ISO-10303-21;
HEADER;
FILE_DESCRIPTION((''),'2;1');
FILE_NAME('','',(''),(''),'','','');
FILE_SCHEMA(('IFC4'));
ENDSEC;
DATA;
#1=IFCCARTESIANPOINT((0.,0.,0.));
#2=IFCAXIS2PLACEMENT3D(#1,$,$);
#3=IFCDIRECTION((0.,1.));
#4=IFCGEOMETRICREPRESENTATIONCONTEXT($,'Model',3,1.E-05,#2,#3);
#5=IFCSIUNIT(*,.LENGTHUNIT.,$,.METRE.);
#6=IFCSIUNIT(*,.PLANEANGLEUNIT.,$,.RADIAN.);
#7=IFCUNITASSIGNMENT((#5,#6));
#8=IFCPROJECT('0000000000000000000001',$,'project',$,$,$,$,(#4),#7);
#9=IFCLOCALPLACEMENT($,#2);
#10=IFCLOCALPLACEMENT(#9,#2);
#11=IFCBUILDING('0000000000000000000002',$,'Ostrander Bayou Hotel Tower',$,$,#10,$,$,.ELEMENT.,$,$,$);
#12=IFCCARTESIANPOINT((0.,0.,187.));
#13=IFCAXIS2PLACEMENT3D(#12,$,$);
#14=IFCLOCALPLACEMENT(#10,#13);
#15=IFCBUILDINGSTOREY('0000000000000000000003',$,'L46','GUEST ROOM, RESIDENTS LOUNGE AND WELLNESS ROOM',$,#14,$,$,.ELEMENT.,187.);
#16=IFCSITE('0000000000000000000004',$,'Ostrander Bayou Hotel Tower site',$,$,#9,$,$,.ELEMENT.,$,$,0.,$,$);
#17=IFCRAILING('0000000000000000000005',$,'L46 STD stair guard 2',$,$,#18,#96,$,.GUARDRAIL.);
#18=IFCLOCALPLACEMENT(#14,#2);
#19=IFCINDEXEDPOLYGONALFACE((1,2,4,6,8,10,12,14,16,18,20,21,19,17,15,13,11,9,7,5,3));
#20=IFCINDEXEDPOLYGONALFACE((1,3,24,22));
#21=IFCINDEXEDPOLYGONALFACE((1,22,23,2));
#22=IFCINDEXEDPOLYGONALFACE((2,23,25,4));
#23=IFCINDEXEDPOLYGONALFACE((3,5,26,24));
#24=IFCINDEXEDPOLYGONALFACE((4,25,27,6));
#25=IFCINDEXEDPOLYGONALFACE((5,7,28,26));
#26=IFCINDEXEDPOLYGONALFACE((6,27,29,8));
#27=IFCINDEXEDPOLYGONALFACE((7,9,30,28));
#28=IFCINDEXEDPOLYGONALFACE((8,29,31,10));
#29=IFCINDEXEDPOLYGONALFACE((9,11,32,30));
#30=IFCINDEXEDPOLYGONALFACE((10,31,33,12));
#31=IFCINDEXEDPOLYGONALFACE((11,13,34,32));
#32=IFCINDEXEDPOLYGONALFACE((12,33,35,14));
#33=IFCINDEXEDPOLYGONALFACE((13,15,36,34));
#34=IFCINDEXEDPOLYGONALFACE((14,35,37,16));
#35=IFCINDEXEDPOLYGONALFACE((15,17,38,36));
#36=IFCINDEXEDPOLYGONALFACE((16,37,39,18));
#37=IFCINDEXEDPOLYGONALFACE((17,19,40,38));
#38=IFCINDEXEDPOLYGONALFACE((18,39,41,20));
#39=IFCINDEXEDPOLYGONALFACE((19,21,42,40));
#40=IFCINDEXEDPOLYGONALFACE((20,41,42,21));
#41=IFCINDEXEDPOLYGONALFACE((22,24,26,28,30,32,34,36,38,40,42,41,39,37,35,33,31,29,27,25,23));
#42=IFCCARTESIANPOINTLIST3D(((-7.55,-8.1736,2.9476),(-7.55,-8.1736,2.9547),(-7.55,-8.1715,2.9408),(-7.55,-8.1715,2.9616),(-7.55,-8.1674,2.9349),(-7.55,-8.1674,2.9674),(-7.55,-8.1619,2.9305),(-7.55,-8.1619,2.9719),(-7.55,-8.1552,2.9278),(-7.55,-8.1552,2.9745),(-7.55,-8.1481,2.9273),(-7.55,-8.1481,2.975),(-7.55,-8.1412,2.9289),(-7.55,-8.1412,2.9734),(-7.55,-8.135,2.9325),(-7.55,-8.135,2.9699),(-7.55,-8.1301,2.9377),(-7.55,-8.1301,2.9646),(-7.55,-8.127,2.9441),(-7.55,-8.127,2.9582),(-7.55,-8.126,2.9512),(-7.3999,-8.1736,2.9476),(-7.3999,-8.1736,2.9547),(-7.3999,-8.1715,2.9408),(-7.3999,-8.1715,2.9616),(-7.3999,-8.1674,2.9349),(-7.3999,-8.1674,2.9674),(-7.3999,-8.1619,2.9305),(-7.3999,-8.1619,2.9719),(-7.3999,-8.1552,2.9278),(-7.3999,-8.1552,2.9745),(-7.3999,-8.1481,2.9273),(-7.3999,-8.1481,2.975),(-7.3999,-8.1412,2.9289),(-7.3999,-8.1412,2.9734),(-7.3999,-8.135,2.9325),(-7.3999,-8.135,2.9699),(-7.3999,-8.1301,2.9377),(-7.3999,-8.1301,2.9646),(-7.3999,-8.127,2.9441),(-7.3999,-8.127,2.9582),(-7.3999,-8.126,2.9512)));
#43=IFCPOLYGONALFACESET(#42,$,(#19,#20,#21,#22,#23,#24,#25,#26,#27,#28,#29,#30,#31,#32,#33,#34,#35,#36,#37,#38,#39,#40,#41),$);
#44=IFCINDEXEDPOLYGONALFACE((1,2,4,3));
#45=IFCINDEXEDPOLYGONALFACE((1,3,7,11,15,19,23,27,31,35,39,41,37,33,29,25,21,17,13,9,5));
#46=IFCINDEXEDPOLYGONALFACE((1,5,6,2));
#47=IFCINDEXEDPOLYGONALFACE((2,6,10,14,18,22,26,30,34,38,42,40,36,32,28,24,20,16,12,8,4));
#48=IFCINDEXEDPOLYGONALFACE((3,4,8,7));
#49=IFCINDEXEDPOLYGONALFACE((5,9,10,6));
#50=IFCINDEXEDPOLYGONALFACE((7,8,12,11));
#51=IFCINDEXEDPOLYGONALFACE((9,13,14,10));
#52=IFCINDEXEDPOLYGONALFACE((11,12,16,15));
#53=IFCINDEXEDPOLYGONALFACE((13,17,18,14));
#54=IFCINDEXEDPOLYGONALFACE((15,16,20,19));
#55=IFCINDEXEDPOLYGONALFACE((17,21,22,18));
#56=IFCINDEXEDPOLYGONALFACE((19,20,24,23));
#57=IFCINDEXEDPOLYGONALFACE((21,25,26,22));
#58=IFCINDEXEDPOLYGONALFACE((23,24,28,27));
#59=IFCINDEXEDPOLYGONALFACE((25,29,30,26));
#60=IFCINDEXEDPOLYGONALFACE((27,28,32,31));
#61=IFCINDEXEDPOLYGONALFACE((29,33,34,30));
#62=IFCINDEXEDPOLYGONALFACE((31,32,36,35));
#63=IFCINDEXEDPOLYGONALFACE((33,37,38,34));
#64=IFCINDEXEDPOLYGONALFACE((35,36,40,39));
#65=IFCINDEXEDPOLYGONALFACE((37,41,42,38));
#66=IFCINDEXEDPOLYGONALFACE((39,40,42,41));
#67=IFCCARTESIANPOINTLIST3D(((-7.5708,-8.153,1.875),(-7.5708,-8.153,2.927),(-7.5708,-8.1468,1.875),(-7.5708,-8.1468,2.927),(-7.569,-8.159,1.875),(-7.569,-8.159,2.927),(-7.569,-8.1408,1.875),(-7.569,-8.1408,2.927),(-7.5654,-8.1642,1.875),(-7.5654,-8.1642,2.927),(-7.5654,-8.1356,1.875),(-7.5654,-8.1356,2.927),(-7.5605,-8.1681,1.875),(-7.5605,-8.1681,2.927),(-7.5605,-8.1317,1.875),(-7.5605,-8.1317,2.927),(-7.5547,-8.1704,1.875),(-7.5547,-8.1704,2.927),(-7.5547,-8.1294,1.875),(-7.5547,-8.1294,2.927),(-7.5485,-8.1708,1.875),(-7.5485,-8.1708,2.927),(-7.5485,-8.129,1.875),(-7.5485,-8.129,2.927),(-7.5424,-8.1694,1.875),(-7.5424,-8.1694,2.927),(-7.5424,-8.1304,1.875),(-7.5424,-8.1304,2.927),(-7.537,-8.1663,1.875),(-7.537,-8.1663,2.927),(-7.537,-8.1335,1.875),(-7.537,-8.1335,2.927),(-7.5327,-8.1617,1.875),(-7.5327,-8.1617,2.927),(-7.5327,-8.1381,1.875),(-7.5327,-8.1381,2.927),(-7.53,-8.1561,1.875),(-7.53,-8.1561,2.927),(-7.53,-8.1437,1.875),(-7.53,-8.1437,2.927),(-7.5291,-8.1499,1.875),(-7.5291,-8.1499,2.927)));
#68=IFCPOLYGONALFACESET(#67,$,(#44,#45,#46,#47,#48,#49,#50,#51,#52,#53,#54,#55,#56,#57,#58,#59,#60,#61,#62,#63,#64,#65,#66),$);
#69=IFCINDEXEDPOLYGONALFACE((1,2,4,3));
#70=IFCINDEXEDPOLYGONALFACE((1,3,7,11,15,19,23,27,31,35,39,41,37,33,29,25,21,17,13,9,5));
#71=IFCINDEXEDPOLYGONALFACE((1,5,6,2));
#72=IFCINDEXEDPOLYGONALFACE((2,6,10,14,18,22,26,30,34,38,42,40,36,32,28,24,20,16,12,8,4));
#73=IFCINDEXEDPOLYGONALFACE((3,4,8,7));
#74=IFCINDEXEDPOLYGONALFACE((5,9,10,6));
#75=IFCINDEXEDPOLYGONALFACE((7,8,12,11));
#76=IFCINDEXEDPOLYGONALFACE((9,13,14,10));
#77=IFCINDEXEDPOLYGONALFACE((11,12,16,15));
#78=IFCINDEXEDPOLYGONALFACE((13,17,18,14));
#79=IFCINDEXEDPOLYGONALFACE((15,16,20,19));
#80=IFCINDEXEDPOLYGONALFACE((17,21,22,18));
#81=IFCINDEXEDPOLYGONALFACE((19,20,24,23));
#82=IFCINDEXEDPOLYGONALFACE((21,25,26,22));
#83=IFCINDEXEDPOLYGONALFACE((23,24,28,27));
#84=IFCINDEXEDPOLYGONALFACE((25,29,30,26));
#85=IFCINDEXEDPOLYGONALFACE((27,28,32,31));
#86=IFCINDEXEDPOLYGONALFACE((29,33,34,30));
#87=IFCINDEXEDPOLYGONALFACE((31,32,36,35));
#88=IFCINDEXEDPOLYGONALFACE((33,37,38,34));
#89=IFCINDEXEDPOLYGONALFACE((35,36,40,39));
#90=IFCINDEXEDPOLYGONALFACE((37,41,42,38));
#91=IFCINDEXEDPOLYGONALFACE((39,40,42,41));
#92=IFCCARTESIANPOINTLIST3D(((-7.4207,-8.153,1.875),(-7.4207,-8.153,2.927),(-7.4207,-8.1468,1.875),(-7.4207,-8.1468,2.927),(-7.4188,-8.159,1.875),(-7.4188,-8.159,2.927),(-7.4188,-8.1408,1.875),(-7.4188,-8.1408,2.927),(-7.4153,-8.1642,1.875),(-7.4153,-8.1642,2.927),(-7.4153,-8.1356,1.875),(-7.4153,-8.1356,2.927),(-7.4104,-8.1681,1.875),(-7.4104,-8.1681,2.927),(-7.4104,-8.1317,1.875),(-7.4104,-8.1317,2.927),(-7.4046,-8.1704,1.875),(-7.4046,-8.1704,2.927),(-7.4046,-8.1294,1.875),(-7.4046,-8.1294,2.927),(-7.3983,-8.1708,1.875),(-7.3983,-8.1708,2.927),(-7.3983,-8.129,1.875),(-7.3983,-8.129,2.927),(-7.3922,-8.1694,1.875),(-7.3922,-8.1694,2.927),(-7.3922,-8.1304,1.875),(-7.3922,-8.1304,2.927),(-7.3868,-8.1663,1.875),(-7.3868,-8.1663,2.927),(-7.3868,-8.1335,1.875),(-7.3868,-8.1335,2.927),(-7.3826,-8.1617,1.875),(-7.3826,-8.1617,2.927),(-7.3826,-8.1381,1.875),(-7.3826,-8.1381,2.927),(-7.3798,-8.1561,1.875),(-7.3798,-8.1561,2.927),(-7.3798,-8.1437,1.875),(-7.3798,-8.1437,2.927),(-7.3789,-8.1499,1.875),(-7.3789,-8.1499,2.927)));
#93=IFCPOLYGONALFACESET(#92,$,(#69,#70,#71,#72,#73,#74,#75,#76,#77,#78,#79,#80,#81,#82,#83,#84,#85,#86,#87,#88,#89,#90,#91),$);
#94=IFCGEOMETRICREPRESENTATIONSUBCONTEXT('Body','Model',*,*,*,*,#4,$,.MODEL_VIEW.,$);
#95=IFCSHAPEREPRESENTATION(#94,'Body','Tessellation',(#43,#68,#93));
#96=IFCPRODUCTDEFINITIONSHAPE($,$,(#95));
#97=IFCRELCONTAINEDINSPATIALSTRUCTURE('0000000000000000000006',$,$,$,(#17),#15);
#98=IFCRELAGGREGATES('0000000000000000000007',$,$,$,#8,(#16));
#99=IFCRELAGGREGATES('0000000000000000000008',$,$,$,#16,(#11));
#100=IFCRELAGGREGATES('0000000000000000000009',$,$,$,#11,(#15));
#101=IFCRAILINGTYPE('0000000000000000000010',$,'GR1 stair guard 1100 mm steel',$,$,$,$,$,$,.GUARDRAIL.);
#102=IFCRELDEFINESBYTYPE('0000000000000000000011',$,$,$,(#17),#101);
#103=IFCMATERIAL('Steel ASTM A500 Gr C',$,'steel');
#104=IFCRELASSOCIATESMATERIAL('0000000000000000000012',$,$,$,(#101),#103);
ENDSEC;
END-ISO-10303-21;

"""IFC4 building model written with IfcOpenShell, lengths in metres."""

from ifc_helpers import new_model, si_unit, direction, frame, origin, origin_2d, place, context, subcontext, project, spatial, circle, extrude, material, type_object, element, save


model = new_model("IFC4")

# Units and contexts
model_context = context("Model", 3, precision=1e-05, world=origin(), true_north=direction((0.0, 1.0)))
body_context = subcontext(model_context, "Body", "Model", "MODEL_VIEW")
ifc_project = project(units=[si_unit("LENGTHUNIT", "METRE"), si_unit("PLANEANGLEUNIT", "RADIAN")], contexts=[model_context])

# Site, building, storey
site_placement = place(None, origin())
site = spatial("IfcSite", under=ifc_project, at=site_placement, Name="Ostrander Bayou Hotel Tower site", CompositionType="ELEMENT", RefElevation=0.0)
building_placement = place(site_placement, origin())
building = spatial("IfcBuilding", under=site, at=building_placement, Name="Ostrander Bayou Hotel Tower", CompositionType="ELEMENT")
storey_placement = place(building_placement, frame((0.0, 0.0, 187.0)))
storey = spatial("IfcBuildingStorey", under=building, at=storey_placement, Name="L46", Description="GUEST ROOM, RESIDENTS LOUNGE AND WELLNESS ROOM", CompositionType="ELEMENT", Elevation=187.0)

# Railing
ifc_material_1 = material(Name="Steel ASTM A500 Gr C", Category="steel")
railing_type = type_object("IfcRailingType", Name="GR1 stair guard 1100 mm steel", PredefinedType="GUARDRAIL", material=ifc_material_1)
railing_placement = place(storey_placement, frame((-7.55, -8.1499, 1.875)))
element("IfcRailing", 1, at=railing_placement, inside=storey, type_object=railing_type, Name="L46 STD stair guard 2", PredefinedType="GUARDRAIL", context=body_context, shape_type="SweptSolid", body=[
    extrude(circle(Radius=0.0239, at=origin_2d()), frame((0.0, 0.0, 1.0762), z_axis=(1.0, 0.0, 0.0), x_axis=(0.0, 1.0, 0.0)), (0.0, 0.0, 1.0), 0.1501),
    extrude(circle(Radius=0.021, at=origin_2d()), origin(), (0.0, 0.0, 1.0), 1.052),
    extrude(circle(Radius=0.021, at=origin_2d()), frame((0.1501, 0.0, 0.0)), (0.0, 0.0, 1.0), 1.052),
])

save(model, "model.ifc")
